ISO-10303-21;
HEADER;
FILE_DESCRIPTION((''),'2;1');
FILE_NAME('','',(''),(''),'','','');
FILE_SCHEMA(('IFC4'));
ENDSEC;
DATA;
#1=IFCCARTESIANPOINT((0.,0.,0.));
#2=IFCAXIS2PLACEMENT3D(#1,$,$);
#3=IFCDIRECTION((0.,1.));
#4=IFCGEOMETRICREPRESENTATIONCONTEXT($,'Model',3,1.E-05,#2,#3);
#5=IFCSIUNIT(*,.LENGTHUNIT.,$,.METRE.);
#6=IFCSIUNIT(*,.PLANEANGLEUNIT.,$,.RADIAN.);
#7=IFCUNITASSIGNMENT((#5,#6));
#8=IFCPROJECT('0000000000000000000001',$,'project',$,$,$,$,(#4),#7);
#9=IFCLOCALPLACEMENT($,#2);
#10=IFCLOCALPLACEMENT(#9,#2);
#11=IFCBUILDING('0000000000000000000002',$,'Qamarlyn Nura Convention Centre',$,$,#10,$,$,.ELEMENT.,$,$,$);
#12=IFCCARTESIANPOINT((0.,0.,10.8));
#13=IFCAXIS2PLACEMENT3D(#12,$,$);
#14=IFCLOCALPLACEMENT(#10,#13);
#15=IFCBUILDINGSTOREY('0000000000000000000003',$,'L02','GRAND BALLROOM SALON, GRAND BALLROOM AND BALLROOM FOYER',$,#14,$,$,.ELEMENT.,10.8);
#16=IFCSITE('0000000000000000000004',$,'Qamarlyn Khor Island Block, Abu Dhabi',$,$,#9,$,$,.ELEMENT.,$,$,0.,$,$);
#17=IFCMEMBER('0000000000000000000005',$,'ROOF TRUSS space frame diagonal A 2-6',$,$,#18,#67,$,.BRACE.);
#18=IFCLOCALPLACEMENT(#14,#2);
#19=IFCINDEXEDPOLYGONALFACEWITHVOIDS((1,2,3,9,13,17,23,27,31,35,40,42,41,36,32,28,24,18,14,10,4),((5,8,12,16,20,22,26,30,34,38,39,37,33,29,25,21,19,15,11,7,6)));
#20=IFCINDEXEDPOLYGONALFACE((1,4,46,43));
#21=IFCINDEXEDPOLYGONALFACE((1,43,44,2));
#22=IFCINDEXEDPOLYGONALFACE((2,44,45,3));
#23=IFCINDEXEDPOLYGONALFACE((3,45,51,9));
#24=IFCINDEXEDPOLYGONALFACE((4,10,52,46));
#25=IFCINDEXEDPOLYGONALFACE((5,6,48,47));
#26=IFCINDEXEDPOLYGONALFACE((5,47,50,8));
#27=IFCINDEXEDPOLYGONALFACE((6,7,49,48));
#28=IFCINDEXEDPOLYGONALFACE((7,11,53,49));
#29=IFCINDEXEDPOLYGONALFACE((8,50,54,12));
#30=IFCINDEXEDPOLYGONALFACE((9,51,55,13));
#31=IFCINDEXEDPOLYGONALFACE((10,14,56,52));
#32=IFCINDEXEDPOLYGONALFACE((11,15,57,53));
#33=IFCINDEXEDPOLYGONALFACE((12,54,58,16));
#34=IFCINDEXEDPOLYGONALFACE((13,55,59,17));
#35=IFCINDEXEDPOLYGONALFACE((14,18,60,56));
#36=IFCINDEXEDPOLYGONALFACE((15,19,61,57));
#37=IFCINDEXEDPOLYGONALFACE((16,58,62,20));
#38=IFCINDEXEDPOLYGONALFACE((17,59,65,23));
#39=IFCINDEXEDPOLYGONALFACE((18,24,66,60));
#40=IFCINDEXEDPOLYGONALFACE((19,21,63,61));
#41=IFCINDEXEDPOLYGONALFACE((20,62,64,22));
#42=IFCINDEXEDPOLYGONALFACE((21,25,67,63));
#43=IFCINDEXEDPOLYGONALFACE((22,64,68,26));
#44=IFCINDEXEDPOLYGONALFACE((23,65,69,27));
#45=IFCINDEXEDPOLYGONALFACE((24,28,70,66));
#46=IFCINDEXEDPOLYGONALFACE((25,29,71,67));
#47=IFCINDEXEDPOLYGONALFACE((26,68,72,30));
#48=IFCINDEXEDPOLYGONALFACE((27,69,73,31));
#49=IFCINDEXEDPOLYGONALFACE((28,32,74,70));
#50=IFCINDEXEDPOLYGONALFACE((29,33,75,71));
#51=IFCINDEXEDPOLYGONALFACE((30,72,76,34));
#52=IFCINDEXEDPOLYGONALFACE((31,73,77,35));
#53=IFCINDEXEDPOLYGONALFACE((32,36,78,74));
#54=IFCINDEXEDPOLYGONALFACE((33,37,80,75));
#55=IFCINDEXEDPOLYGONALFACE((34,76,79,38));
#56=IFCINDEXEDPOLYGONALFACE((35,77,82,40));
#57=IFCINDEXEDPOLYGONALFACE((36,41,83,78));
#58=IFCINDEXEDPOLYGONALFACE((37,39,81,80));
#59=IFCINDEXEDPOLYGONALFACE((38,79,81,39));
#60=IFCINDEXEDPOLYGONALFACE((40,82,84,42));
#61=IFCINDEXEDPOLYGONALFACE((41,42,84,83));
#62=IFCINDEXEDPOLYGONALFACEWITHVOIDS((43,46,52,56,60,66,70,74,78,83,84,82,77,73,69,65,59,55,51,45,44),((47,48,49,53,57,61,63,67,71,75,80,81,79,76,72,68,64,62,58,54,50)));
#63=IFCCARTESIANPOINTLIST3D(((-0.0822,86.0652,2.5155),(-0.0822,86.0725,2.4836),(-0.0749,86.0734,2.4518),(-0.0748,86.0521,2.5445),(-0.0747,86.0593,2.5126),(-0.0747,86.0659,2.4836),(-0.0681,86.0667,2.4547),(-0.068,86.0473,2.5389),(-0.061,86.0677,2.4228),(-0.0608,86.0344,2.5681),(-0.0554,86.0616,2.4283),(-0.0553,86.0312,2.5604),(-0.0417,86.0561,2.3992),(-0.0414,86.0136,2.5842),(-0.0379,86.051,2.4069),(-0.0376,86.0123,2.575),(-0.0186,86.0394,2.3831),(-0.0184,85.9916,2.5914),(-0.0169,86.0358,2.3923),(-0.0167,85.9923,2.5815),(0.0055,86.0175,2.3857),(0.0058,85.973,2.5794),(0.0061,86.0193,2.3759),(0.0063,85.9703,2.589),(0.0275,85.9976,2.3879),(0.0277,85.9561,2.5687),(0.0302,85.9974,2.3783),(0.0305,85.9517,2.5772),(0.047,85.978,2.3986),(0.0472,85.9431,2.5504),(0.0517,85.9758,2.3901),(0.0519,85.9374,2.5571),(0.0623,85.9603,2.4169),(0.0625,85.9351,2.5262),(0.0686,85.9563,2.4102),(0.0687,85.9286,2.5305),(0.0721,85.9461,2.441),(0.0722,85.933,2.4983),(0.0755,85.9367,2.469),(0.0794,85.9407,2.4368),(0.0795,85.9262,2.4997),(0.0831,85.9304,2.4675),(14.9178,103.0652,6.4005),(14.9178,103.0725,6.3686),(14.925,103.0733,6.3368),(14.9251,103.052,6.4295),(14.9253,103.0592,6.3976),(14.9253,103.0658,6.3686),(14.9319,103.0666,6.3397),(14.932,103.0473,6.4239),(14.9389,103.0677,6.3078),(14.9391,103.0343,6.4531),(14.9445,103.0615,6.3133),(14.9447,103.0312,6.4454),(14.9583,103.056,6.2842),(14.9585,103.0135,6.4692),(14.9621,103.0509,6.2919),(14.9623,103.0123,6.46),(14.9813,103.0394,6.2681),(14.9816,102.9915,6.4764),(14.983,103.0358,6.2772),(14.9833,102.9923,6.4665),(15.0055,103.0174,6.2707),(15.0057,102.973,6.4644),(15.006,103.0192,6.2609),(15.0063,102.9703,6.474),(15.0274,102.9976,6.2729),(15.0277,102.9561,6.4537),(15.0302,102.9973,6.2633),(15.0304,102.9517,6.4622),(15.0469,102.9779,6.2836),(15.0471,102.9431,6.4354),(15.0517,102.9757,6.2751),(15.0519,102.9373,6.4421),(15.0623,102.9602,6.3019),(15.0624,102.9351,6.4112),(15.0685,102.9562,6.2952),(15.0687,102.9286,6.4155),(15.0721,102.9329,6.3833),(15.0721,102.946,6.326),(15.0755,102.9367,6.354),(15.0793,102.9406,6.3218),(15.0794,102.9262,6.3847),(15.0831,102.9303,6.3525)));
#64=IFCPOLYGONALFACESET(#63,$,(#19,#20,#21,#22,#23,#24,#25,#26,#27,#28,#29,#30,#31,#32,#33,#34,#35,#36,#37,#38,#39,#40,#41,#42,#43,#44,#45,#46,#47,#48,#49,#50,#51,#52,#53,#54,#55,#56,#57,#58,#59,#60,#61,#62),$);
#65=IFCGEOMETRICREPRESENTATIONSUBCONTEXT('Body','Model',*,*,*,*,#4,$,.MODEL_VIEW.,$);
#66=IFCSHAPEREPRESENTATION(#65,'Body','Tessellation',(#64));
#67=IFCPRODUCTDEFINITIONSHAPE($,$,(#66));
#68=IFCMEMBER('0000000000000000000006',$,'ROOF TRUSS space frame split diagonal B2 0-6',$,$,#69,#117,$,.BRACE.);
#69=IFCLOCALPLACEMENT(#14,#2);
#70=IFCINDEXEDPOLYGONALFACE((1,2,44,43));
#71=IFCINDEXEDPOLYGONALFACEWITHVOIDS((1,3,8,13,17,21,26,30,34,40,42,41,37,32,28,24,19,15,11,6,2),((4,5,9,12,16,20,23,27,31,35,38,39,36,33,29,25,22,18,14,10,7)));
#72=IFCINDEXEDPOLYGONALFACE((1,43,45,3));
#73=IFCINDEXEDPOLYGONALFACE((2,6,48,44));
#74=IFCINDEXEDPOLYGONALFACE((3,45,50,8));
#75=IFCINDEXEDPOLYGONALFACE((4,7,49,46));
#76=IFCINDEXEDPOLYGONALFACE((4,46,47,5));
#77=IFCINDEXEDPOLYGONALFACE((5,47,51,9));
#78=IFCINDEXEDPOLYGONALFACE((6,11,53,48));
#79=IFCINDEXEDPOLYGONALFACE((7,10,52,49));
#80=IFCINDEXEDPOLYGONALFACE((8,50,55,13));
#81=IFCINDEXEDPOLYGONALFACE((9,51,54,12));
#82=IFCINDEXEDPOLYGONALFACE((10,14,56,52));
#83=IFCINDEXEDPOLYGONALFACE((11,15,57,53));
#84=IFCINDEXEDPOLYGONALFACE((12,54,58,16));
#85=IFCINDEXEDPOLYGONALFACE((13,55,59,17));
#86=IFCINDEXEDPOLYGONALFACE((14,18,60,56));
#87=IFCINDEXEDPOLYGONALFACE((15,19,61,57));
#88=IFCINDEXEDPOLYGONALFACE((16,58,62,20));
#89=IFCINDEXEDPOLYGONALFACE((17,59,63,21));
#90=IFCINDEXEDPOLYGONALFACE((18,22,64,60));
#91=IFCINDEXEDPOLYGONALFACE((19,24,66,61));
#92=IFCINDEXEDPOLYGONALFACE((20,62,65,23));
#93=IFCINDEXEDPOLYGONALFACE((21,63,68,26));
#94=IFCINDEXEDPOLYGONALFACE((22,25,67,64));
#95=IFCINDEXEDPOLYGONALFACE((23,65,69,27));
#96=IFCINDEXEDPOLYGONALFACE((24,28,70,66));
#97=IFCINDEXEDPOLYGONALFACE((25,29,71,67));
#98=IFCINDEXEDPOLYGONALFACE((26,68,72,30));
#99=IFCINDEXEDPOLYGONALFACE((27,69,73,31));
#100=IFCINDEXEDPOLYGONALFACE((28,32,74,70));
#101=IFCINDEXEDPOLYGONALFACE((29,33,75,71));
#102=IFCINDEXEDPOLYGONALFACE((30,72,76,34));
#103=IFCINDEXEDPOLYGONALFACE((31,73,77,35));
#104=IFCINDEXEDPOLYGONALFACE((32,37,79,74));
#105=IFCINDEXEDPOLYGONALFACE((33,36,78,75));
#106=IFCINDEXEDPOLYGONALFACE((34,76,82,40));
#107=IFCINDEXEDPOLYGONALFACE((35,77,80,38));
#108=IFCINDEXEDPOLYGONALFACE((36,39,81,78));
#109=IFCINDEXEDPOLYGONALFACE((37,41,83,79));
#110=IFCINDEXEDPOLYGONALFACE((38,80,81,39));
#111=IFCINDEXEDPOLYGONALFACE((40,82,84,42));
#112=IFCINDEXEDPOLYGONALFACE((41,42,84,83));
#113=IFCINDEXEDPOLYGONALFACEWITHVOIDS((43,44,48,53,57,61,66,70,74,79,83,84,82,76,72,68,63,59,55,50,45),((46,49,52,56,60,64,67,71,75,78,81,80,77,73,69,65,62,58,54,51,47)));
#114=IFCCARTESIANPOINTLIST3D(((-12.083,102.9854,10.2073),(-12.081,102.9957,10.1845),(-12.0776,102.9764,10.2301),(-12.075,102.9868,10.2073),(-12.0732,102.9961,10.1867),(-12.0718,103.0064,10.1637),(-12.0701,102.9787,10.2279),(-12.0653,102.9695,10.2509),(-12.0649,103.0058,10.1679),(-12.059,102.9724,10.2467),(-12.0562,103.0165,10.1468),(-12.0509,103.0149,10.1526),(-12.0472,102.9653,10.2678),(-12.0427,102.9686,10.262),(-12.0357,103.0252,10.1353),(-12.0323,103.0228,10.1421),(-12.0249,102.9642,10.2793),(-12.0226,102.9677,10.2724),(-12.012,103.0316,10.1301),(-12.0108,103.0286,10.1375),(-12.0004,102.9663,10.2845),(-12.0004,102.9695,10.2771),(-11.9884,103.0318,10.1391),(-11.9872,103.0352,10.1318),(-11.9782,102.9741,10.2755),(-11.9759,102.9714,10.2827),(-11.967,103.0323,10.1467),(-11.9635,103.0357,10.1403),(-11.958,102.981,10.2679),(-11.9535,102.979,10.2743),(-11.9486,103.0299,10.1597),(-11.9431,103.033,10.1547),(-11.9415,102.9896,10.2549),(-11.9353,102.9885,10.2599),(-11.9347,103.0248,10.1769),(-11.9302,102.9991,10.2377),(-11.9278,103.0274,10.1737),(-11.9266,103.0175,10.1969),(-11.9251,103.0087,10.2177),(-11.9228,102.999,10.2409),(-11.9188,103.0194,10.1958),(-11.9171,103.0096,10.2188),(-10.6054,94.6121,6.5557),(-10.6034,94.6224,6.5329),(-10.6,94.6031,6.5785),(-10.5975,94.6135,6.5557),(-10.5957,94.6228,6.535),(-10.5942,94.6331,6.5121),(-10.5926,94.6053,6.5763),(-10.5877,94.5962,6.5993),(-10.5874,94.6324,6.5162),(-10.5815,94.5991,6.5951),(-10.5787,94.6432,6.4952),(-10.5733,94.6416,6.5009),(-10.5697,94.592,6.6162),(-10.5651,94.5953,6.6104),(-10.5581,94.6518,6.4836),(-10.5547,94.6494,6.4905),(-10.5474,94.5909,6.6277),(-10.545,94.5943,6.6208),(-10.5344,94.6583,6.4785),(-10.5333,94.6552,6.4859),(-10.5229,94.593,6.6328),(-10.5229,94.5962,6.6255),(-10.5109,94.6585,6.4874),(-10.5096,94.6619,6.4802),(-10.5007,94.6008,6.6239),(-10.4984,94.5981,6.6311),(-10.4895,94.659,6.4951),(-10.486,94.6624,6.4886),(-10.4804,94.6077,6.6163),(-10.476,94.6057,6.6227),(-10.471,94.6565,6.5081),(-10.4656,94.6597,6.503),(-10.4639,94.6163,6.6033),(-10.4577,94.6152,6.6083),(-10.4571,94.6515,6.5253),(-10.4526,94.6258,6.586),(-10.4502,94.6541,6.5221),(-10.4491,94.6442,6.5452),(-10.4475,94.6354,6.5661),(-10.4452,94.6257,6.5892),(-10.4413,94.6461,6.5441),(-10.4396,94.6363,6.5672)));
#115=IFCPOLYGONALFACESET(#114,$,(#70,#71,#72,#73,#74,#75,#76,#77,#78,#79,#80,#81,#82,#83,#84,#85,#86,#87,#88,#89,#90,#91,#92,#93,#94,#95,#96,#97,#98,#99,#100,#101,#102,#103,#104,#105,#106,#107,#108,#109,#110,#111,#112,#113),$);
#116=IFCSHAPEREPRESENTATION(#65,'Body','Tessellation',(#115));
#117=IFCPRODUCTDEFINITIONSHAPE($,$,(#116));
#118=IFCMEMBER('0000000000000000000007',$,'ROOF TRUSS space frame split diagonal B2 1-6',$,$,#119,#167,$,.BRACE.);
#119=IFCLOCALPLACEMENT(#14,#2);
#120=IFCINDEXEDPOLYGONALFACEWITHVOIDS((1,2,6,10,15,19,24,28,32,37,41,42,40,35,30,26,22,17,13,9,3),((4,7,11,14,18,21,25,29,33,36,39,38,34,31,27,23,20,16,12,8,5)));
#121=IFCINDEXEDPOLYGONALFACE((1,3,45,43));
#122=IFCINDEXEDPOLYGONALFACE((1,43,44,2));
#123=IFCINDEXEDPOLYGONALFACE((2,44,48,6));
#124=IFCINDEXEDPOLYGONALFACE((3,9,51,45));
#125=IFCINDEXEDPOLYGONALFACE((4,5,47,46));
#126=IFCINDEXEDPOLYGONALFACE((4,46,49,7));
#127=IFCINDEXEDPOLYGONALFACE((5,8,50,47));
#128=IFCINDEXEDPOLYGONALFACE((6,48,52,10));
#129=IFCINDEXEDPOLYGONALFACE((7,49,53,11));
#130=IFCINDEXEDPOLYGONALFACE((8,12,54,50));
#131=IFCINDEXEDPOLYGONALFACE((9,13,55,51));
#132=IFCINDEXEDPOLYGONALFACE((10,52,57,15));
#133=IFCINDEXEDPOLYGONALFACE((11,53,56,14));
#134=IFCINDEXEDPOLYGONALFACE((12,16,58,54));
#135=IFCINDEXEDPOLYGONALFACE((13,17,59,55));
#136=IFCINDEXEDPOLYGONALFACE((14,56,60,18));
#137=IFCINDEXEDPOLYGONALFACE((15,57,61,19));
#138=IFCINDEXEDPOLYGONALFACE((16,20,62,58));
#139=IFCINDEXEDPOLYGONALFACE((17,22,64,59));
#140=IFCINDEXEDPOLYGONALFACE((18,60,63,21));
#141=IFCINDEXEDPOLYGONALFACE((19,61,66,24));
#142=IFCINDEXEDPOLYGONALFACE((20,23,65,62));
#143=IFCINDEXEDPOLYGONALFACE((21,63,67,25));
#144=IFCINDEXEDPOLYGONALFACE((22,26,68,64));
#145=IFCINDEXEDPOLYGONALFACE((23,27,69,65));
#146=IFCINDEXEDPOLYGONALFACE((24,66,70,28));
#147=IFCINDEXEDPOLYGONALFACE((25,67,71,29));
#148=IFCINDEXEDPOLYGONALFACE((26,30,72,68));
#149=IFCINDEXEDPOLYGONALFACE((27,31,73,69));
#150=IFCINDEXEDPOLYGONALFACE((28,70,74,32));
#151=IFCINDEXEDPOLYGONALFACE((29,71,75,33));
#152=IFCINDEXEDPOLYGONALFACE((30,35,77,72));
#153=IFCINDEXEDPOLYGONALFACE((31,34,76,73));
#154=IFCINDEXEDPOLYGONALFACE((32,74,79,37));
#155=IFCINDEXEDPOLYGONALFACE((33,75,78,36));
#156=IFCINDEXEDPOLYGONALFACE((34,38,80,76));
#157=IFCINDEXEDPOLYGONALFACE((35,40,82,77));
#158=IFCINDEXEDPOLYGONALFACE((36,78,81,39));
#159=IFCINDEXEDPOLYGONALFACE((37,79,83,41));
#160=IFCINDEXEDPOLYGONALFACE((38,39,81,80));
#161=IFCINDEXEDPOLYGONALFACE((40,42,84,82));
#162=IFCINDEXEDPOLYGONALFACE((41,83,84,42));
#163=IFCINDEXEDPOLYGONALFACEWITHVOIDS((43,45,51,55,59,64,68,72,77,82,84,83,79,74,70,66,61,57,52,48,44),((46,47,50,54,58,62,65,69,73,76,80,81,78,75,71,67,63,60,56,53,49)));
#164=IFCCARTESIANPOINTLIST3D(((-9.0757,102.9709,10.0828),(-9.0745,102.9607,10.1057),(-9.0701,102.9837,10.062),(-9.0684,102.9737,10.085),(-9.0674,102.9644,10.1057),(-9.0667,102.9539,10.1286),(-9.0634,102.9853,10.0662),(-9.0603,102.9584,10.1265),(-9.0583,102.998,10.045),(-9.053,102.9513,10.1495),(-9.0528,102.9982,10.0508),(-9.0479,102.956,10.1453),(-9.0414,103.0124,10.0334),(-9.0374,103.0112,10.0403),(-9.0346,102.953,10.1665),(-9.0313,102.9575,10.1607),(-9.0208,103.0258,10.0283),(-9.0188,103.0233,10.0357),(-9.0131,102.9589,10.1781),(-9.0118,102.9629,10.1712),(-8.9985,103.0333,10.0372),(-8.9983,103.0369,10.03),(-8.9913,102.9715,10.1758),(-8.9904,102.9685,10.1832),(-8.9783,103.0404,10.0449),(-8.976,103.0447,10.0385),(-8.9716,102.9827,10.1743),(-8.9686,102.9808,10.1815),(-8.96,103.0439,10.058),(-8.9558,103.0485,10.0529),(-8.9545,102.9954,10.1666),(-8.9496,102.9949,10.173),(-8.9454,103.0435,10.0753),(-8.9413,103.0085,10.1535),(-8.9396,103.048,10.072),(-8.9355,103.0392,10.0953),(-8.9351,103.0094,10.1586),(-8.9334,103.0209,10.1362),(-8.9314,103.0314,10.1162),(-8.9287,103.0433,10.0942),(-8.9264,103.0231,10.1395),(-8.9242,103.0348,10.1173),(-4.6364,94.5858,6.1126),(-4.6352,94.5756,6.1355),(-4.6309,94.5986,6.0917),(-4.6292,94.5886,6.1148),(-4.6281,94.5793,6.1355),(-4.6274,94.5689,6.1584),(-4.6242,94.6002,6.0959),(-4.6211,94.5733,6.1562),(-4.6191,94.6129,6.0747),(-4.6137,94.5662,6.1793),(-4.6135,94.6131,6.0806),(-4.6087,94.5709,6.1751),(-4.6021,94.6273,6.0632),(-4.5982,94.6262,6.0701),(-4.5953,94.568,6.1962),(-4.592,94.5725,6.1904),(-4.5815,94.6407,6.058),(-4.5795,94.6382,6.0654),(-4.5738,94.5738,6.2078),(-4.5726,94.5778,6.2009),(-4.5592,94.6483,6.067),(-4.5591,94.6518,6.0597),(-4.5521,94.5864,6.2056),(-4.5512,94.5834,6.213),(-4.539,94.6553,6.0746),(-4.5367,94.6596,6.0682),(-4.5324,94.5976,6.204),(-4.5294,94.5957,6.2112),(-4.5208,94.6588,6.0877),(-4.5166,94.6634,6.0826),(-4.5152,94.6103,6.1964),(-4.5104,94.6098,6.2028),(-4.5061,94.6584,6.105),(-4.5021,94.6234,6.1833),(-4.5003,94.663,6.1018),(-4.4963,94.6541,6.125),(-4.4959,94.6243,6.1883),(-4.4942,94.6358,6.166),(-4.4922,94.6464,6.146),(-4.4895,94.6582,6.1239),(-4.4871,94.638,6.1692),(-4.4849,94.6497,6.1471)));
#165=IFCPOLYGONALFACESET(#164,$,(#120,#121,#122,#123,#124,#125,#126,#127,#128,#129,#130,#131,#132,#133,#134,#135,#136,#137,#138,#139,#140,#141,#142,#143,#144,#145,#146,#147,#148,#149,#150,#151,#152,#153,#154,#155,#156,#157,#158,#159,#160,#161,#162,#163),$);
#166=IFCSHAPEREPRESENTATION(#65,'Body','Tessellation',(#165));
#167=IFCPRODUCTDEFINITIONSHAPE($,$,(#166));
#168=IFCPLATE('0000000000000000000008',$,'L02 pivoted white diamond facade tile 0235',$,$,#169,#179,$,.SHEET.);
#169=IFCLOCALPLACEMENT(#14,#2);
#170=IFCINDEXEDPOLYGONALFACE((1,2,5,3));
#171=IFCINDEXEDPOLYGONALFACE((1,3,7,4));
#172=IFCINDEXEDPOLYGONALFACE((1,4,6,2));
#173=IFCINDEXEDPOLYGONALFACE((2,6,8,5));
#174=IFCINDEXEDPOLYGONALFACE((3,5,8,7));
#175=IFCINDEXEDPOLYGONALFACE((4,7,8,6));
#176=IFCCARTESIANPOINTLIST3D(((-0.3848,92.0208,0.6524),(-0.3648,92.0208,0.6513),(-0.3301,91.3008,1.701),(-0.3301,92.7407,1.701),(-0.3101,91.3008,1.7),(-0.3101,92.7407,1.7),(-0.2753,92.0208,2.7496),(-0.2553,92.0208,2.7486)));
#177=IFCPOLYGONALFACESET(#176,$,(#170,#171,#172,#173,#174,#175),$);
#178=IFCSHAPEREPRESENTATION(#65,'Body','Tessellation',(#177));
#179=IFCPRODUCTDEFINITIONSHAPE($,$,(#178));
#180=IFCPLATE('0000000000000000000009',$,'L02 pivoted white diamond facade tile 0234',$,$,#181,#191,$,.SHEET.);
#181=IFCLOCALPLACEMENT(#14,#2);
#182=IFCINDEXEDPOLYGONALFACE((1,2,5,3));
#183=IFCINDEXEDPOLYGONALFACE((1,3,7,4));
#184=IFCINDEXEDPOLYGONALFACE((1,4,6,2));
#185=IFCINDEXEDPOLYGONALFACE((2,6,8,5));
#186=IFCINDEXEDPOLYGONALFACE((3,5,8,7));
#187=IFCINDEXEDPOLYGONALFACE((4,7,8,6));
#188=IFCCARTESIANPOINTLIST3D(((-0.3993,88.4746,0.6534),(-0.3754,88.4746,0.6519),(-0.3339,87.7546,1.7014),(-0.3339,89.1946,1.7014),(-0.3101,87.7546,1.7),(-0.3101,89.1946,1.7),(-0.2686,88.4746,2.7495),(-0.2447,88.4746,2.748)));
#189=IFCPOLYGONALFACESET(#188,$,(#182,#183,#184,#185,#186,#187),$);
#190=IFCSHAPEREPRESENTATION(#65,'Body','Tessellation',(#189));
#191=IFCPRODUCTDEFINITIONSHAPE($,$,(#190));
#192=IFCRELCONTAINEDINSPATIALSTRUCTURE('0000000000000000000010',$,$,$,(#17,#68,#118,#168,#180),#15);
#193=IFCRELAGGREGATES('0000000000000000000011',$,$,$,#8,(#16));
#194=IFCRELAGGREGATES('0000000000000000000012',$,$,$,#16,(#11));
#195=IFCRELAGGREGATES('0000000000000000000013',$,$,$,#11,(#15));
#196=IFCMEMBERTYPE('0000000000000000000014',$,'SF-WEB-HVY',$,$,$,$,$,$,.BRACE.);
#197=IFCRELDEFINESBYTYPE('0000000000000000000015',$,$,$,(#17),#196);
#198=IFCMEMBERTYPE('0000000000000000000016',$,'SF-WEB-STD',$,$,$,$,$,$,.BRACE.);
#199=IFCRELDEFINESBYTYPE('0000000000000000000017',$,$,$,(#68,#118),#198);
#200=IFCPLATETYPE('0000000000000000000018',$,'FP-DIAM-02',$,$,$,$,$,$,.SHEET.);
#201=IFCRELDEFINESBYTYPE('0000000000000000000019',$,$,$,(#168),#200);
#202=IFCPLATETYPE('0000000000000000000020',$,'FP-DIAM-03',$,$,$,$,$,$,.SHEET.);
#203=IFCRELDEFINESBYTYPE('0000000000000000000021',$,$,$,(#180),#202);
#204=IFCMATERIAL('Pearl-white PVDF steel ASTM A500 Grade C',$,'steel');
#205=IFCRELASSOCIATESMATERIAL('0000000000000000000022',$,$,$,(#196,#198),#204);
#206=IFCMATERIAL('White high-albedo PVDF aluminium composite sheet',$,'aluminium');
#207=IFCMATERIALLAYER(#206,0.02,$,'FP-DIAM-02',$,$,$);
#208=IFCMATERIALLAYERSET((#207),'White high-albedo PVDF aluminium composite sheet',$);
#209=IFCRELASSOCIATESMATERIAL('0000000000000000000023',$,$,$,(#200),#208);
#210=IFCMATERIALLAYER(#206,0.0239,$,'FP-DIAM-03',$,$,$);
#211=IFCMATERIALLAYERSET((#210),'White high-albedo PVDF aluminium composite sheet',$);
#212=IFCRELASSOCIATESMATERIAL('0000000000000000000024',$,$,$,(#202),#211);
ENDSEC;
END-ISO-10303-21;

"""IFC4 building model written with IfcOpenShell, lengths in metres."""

from ifc_helpers import new_model, si_unit, direction, frame, origin, origin_2d, place, context, subcontext, project, spatial, polyline, hollow_circle, outline, extrude, material, layer, layer_set, material_profile, profile_set, type_object, element, save


model = new_model("IFC4")

# Units and contexts
model_context = context("Model", 3, precision=1e-05, world=origin(), true_north=direction((0.0, 1.0)))
body_context = subcontext(model_context, "Body", "Model", "MODEL_VIEW")
ifc_project = project(units=[si_unit("LENGTHUNIT", "METRE"), si_unit("PLANEANGLEUNIT", "RADIAN")], contexts=[model_context])

# Site, building, storey
site_placement = place(None, origin())
site = spatial("IfcSite", under=ifc_project, at=site_placement, Name="Qamarlyn Khor Island Block, Abu Dhabi", CompositionType="ELEMENT", RefElevation=0.0)
building_placement = place(site_placement, origin())
building = spatial("IfcBuilding", under=site, at=building_placement, Name="Qamarlyn Nura Convention Centre", CompositionType="ELEMENT")
storey_placement = place(building_placement, frame((0.0, 0.0, 10.8)))
storey = spatial("IfcBuildingStorey", under=building, at=storey_placement, Name="L02", Description="GRAND BALLROOM SALON, GRAND BALLROOM AND BALLROOM FOYER", CompositionType="ELEMENT", Elevation=10.8)

# Shared definitions
ifc_material_1 = material(Name="Pearl-white PVDF steel ASTM A500 Grade C", Category="steel")

# Members
ifc_material_profile_1 = material_profile(ifc_material_1, hollow_circle(Radius=0.1096, WallThickness=0.01, at=origin_2d()), Name="CHS219.1X10")
ifc_profile_set_1 = profile_set([ifc_material_profile_1], Name="Pearl-white PVDF steel ASTM A500 Grade C")
member_type_1 = type_object("IfcMemberType", Name="SF-WEB-HVY", PredefinedType="BRACE", material=ifc_profile_set_1)
member_1_placement = place(storey_placement, frame((0.0, 86.0, 2.4836), z_axis=(0.652116, 0.739065, 0.168899), x_axis=(-0.749838, 0.661622, 0.0)))
element("IfcMember", 1, at=member_1_placement, inside=storey, type_object=member_type_1, Name="ROOF TRUSS space frame diagonal A 2-6", PredefinedType="BRACE", context=body_context, shape_type="SweptSolid", body=[
    extrude(hollow_circle(Radius=0.1096, WallThickness=0.01, at=origin_2d()), origin(), (0.0, 0.0, 1.0), 23.002),
])
ifc_material_profile_2 = material_profile(ifc_material_1, hollow_circle(Radius=0.0842, WallThickness=0.0081, at=origin_2d()), Name="CHS168.3X8")
ifc_profile_set_2 = profile_set([ifc_material_profile_2], Name="Pearl-white PVDF steel ASTM A500 Grade C")
member_type_2 = type_object("IfcMemberType", Name="SF-WEB-STD", PredefinedType="BRACE", material=ifc_profile_set_2)
member_2_placement = place(storey_placement, frame((-10.5225, 94.6267, 6.5557), z_axis=(-0.159672, 0.904867, 0.394615), x_axis=(-0.984786, -0.173774, 0.0)))
element("IfcMember", 2, at=member_2_placement, inside=storey, type_object=member_type_2, Name="ROOF TRUSS space frame split diagonal B2 0-6", PredefinedType="BRACE", context=body_context, shape_type="SweptSolid", body=[
    extrude(hollow_circle(Radius=0.0842, WallThickness=0.0081, at=origin_2d()), origin(), (0.0, 0.0, 1.0), 9.2537),
])
member_3_placement = place(storey_placement, frame((-4.5608, 94.615, 6.1355), z_axis=(-0.431627, 0.81528, 0.386027), x_axis=(-0.883784, -0.467895, 0.0)))
element("IfcMember", 3, at=member_3_placement, inside=storey, type_object=member_type_2, Name="ROOF TRUSS space frame split diagonal B2 1-6", PredefinedType="BRACE", context=body_context, shape_type="SweptSolid", body=[
    extrude(hollow_circle(Radius=0.0842, WallThickness=0.0081, at=origin_2d()), origin(), (0.0, 0.0, 1.0), 10.2849),
])

# Plates
ifc_material_2 = material(Name="White high-albedo PVDF aluminium composite sheet", Category="aluminium")
ifc_layer_1 = layer(ifc_material_2, 0.02, Name="FP-DIAM-02")
ifc_layer_set_1 = layer_set([ifc_layer_1], Name="White high-albedo PVDF aluminium composite sheet")
plate_type_1 = type_object("IfcPlateType", Name="FP-DIAM-02", PredefinedType="SHEET", material=ifc_layer_set_1)
plate_1_placement = place(storey_placement, frame((-0.3101, 92.0208, 1.7), z_axis=(-0.998639, 0.0, 0.052162), x_axis=(0.0, -1.0, 0.0)))
element("IfcPlate", 4, at=plate_1_placement, inside=storey, type_object=plate_type_1, Name="L02 pivoted white diamond facade tile 0235", PredefinedType="SHEET", context=body_context, shape_type="SweptSolid", body=[
    extrude(outline(polyline([(-0.72, 0.0), (0.0, -1.05), (0.72, 0.0), (0.0, 1.05), (-0.72, 0.0)])), origin(), (0.0, 0.0, 1.0), 0.02),
])
ifc_layer_2 = layer(ifc_material_2, 0.0239, Name="FP-DIAM-03")
ifc_layer_set_2 = layer_set([ifc_layer_2], Name="White high-albedo PVDF aluminium composite sheet")
plate_type_2 = type_object("IfcPlateType", Name="FP-DIAM-03", PredefinedType="SHEET", material=ifc_layer_set_2)
plate_2_placement = place(storey_placement, frame((-0.3101, 88.4746, 1.7), z_axis=(-0.998059, 0.0, 0.062268), x_axis=(0.0, -1.0, 0.0)))
element("IfcPlate", 5, at=plate_2_placement, inside=storey, type_object=plate_type_2, Name="L02 pivoted white diamond facade tile 0234", PredefinedType="SHEET", context=body_context, shape_type="SweptSolid", body=[
    extrude(outline(polyline([(-0.72, 0.0), (0.0, -1.05), (0.72, 0.0), (0.0, 1.05), (-0.72, 0.0)])), origin(), (0.0, 0.0, 1.0), 0.0239),
])

save(model, "model.ifc")
